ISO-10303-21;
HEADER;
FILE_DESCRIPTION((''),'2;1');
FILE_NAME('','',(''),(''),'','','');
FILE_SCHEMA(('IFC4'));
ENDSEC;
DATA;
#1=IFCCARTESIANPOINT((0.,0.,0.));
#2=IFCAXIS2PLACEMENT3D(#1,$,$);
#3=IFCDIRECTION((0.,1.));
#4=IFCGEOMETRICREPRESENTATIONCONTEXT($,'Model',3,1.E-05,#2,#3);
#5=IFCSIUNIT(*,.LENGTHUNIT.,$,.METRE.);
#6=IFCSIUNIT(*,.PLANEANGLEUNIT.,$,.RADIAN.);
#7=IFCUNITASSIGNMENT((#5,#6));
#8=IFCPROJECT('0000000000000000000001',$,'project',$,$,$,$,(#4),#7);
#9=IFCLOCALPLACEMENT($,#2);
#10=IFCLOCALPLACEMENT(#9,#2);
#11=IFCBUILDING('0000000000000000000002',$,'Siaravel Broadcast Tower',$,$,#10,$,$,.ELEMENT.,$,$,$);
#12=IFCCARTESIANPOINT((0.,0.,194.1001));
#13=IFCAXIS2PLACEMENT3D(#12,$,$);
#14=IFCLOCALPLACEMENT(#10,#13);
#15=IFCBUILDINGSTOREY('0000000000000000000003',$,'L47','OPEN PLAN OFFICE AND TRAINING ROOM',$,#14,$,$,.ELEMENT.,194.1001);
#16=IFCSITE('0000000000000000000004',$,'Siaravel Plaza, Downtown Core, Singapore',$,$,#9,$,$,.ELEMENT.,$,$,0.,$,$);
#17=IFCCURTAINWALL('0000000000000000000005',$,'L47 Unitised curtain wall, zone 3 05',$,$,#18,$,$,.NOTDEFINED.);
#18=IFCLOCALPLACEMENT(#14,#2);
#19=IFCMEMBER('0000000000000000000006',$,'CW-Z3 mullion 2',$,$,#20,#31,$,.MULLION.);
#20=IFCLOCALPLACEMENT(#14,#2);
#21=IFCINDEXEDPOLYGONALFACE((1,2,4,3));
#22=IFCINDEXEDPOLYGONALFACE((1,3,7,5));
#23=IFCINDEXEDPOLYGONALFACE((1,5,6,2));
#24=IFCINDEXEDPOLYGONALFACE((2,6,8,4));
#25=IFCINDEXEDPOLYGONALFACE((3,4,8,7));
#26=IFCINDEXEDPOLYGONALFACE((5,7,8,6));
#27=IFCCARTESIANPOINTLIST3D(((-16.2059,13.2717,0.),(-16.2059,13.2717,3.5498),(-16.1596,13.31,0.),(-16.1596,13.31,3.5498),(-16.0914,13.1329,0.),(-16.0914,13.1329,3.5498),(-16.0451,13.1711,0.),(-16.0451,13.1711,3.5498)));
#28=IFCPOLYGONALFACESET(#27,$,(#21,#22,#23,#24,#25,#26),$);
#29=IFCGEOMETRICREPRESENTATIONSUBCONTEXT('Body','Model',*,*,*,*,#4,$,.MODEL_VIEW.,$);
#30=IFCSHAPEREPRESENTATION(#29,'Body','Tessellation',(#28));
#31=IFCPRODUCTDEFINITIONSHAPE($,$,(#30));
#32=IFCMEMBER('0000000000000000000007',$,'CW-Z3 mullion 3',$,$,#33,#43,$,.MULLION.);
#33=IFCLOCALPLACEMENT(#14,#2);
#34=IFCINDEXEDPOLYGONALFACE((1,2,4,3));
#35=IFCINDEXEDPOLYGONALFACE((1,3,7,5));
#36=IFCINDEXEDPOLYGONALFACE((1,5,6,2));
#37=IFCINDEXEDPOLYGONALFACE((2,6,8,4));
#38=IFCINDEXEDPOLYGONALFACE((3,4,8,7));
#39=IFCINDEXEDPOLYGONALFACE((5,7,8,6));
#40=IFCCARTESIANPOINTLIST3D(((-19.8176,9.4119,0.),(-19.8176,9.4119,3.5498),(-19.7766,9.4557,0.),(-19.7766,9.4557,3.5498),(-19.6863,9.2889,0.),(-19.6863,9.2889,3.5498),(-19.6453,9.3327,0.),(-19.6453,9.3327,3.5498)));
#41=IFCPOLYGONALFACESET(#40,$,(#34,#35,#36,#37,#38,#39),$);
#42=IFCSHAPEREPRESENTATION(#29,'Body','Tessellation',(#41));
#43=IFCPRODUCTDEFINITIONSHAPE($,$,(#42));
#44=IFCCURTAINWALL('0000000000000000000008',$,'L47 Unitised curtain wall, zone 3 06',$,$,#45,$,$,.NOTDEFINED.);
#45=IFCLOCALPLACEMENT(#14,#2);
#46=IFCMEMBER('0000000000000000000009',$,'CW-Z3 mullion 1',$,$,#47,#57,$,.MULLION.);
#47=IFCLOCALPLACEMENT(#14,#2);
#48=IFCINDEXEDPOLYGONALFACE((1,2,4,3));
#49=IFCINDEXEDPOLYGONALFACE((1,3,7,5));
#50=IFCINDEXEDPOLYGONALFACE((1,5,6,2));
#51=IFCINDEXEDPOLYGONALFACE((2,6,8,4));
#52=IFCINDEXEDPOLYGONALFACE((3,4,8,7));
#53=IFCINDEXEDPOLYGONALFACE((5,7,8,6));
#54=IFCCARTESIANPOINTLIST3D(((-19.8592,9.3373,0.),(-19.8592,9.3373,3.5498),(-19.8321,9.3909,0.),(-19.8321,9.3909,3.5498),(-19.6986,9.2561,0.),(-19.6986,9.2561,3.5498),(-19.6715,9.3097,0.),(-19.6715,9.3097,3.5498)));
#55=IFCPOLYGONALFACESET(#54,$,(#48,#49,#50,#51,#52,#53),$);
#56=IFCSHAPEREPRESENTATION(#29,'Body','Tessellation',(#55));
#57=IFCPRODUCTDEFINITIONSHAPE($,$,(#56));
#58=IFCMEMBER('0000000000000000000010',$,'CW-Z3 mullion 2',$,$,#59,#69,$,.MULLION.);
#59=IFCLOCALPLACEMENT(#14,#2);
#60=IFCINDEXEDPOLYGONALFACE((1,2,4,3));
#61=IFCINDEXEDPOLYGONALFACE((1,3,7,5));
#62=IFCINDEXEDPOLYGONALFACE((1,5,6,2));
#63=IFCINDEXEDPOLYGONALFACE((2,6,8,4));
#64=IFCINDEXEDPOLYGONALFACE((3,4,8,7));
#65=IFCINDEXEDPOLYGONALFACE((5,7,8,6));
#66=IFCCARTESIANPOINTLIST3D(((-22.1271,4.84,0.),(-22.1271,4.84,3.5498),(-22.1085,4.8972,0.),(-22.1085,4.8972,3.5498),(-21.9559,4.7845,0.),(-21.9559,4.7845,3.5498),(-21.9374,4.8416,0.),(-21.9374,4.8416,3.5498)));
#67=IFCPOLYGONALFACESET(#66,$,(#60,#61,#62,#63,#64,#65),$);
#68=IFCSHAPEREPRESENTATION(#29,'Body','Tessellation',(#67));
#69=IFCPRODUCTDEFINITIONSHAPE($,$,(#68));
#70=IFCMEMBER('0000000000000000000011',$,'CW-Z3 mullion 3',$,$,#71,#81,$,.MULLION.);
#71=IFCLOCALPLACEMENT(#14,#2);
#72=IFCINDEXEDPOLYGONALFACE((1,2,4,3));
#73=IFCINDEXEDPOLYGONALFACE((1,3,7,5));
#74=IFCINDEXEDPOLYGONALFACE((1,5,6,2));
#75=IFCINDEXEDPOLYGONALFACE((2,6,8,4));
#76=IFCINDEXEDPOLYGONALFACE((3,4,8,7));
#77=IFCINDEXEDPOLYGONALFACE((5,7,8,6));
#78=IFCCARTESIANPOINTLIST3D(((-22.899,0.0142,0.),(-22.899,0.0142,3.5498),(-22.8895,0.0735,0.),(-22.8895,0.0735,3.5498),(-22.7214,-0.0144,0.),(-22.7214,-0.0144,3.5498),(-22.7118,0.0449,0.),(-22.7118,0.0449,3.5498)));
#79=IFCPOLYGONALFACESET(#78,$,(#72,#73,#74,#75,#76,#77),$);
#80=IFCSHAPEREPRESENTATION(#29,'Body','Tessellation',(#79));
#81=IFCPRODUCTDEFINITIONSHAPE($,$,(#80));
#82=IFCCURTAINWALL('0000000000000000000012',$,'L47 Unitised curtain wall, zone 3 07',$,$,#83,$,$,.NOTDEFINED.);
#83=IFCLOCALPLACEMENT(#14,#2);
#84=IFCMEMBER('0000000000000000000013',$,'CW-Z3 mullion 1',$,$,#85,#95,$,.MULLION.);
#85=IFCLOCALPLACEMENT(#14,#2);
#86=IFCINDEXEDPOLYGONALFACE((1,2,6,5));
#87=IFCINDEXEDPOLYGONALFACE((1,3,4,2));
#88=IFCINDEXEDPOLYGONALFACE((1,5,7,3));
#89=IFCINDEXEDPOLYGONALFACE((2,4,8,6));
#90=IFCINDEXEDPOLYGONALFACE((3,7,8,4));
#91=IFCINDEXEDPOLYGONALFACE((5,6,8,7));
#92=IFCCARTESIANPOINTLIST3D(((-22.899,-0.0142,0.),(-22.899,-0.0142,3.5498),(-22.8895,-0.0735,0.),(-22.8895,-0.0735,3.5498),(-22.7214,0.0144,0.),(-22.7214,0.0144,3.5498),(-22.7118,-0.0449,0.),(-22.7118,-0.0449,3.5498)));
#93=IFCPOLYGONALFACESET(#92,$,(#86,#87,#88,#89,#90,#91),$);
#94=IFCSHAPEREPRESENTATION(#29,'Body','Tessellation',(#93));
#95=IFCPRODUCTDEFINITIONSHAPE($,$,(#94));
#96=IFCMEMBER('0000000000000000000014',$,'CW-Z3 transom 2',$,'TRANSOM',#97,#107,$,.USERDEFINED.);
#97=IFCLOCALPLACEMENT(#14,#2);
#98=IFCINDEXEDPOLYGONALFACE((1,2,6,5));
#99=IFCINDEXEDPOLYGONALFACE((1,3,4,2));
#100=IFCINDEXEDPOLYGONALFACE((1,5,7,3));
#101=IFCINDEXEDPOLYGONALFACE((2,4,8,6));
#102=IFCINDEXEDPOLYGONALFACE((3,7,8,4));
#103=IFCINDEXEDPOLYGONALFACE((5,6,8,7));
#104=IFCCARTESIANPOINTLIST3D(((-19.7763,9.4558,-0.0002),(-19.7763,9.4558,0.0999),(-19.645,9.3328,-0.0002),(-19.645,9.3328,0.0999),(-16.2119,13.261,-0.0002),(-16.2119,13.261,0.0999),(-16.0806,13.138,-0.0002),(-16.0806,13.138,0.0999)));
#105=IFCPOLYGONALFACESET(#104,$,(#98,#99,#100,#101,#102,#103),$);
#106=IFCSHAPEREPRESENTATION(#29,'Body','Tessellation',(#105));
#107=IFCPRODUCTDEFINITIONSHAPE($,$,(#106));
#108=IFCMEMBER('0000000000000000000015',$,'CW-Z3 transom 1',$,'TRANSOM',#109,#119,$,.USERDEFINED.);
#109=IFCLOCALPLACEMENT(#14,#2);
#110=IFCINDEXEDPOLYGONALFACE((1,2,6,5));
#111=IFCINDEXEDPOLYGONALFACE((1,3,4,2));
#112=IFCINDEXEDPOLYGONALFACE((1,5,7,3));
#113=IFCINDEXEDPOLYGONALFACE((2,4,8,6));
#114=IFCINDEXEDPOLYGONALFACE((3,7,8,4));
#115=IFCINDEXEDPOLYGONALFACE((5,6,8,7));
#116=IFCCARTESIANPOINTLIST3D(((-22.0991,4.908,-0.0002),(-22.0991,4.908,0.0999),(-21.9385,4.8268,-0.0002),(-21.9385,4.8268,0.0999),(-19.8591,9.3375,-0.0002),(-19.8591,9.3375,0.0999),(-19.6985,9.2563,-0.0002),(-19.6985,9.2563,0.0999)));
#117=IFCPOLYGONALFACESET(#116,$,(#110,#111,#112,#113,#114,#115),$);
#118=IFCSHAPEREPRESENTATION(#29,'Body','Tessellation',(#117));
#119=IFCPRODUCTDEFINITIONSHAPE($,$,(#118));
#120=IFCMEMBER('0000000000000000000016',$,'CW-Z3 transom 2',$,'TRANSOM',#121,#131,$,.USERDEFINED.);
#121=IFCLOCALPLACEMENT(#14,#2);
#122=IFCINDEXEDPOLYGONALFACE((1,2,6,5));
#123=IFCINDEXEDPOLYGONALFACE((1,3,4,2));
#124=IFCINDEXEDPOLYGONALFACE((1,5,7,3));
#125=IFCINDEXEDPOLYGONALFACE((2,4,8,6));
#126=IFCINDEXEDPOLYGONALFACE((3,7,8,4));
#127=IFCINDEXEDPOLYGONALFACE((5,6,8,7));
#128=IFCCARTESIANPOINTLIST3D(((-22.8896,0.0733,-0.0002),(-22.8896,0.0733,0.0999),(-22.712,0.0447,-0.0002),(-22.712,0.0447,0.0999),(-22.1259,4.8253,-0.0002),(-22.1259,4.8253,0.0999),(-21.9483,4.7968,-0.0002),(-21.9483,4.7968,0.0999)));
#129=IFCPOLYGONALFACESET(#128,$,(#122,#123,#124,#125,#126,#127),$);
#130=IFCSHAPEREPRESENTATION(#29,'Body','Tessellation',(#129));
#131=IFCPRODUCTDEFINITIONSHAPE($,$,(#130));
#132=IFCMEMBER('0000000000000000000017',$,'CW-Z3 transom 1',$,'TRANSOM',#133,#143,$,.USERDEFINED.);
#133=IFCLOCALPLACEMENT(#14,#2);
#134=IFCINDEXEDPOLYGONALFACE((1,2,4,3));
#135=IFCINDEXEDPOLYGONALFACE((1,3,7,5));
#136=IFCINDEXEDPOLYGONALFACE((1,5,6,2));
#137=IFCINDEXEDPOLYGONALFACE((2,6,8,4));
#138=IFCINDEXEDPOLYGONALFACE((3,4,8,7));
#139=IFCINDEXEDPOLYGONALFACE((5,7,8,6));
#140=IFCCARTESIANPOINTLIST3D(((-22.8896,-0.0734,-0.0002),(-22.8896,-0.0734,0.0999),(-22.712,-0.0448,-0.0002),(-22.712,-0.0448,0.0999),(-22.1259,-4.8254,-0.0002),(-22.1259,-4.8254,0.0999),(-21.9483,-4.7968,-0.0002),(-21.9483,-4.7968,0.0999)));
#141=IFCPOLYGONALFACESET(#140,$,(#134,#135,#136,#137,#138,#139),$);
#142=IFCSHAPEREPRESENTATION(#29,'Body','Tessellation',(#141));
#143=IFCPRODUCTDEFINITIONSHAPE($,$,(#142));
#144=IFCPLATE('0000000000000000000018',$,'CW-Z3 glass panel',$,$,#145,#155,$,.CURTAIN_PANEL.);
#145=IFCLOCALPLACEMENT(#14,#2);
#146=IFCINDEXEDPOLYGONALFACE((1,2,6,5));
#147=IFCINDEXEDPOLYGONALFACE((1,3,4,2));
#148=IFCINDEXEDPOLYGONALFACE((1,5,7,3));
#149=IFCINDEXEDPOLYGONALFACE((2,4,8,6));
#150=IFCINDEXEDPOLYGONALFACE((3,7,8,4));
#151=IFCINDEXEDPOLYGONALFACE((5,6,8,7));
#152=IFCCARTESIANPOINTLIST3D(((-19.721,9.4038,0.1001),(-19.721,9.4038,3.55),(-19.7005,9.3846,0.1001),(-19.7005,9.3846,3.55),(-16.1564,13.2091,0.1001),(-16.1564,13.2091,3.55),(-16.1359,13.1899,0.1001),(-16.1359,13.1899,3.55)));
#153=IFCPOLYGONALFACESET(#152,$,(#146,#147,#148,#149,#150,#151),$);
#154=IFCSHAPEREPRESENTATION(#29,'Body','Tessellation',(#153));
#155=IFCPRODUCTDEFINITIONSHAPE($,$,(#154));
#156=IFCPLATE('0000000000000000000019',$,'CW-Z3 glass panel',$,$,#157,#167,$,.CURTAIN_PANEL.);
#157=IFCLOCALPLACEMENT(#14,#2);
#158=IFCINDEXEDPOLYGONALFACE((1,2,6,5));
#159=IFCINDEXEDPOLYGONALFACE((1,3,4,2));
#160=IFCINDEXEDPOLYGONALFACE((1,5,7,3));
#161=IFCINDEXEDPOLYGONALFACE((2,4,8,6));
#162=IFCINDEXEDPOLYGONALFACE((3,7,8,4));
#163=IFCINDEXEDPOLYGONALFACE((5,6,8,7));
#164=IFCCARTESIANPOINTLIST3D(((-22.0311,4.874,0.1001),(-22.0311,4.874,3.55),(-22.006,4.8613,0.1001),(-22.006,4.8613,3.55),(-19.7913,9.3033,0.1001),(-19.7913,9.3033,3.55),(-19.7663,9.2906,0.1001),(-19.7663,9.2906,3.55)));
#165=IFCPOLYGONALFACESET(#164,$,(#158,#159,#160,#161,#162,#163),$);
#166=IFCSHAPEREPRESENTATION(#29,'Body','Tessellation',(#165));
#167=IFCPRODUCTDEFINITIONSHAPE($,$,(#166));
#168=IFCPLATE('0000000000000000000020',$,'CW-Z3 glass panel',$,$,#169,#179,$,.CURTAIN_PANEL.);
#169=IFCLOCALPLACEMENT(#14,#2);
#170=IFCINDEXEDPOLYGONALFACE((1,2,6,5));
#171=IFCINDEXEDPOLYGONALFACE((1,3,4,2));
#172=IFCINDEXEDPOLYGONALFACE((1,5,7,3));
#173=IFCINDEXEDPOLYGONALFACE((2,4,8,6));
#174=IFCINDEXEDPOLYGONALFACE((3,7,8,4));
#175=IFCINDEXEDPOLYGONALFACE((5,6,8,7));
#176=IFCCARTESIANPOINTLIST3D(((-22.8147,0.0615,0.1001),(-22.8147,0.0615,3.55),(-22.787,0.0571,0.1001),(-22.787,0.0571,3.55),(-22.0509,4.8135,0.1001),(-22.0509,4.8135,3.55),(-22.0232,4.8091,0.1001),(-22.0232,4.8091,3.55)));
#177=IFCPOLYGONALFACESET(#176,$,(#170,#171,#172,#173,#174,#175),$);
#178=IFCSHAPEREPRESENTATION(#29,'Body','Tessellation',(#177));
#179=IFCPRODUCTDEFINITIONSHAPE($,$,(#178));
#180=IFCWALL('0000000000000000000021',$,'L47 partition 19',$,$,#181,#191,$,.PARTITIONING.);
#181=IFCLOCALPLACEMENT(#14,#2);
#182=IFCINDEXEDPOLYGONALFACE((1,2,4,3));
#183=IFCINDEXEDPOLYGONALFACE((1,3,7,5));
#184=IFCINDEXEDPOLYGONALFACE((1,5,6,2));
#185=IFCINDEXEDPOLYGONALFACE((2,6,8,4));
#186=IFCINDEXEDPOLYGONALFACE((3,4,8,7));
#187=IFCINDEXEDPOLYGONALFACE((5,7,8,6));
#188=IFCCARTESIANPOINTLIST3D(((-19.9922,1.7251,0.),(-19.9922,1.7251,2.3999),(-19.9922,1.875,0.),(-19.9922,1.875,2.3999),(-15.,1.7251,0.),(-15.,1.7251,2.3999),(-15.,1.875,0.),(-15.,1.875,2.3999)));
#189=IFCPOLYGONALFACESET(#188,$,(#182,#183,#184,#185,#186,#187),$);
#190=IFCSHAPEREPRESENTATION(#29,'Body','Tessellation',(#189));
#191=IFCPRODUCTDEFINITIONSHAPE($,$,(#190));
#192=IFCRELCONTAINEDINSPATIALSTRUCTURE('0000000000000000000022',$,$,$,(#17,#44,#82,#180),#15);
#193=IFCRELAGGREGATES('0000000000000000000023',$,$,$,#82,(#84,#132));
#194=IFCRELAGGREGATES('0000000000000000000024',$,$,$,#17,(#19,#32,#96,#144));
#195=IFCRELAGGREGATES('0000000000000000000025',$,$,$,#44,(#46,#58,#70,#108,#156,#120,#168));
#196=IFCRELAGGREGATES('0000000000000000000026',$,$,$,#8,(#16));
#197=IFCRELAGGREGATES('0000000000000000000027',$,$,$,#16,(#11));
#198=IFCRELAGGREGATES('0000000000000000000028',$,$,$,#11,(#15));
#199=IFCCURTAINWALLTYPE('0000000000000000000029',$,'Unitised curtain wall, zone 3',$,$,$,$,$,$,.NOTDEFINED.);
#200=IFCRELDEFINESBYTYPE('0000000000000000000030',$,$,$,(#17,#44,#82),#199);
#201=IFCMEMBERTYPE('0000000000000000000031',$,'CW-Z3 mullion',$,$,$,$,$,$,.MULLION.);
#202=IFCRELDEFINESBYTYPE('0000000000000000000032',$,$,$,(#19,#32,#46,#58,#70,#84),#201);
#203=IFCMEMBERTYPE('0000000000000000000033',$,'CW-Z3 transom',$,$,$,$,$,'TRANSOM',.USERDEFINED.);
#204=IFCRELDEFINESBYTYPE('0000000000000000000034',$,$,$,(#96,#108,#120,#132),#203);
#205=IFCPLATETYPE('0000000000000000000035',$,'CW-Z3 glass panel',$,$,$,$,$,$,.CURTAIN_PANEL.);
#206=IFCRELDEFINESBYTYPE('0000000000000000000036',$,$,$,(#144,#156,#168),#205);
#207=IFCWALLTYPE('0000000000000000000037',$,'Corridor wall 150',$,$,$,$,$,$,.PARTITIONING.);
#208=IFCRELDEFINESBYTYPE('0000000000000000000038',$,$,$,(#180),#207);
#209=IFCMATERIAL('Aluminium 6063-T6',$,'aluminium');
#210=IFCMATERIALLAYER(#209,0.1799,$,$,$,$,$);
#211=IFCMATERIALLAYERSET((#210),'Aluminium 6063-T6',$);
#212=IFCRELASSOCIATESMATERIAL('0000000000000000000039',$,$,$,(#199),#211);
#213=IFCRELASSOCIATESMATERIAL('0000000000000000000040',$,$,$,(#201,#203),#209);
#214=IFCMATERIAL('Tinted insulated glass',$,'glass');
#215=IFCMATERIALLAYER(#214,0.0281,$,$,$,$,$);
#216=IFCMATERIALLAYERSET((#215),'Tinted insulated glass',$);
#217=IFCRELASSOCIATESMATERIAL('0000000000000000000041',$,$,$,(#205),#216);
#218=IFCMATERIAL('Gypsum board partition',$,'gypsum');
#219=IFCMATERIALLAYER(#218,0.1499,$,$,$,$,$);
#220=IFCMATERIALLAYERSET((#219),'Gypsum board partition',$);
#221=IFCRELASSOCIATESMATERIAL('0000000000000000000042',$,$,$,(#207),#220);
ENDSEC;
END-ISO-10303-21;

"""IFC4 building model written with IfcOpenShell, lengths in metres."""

from ifc_helpers import new_model, si_unit, direction, frame, frame_2d, origin, origin_2d, place, context, subcontext, project, spatial, rectangle, extrude, material, layer, layer_set, material_profile, profile_set, type_object, element, aggregate, save


model = new_model("IFC4")

# Units and contexts
model_context = context("Model", 3, precision=1e-05, world=origin(), true_north=direction((0.0, 1.0)))
body_context = subcontext(model_context, "Body", "Model", "MODEL_VIEW")
ifc_project = project(units=[si_unit("LENGTHUNIT", "METRE"), si_unit("PLANEANGLEUNIT", "RADIAN")], contexts=[model_context])

# Site, building, storey
site_placement = place(None, origin())
site = spatial("IfcSite", under=ifc_project, at=site_placement, Name="Siaravel Plaza, Downtown Core, Singapore", CompositionType="ELEMENT", RefElevation=0.0)
building_placement = place(site_placement, origin())
building = spatial("IfcBuilding", under=site, at=building_placement, Name="Siaravel Broadcast Tower", CompositionType="ELEMENT")
storey_placement = place(building_placement, frame((0.0, 0.0, 194.1001)))
storey = spatial("IfcBuildingStorey", under=building, at=storey_placement, Name="L47", Description="OPEN PLAN OFFICE AND TRAINING ROOM", CompositionType="ELEMENT", Elevation=194.1001)

# Curtain walls, members
ifc_material_1 = material(Name="Aluminium 6063-T6", Category="aluminium")
ifc_layer_1 = layer(ifc_material_1, 0.1799)
ifc_layer_set_1 = layer_set([ifc_layer_1], Name="Aluminium 6063-T6")
curtain_wall_type = type_object("IfcCurtainWallType", Name="Unitised curtain wall, zone 3", PredefinedType="NOTDEFINED", material=ifc_layer_set_1)
curtain_wall_1_placement = place(storey_placement, origin())
curtain_wall_1 = element("IfcCurtainWall", 1, at=curtain_wall_1_placement, inside=storey, type_object=curtain_wall_type, Name="L47 Unitised curtain wall, zone 3 05", PredefinedType="NOTDEFINED")
ifc_material_profile_1 = material_profile(ifc_material_1, rectangle(XDim=0.1799, YDim=0.0601, at=origin_2d()))
ifc_profile_set_1 = profile_set([ifc_material_profile_1], Name="Aluminium 6063-T6")
member_type_1 = type_object("IfcMemberType", Name="CW-Z3 mullion", PredefinedType="MULLION", material=ifc_profile_set_1)
member_1_placement = place(storey_placement, frame((-16.1255, 13.2214, 0.0), z_axis=(0.0, 0.0, 1.0), x_axis=(0.636219, -0.771509, 0.0)))
member_1 = element("IfcMember", 2, at=member_1_placement, type_object=member_type_1, Name="CW-Z3 mullion 2", PredefinedType="MULLION", context=body_context, shape_type="SweptSolid", body=[
    extrude(rectangle(XDim=0.1799, YDim=0.0601, at=origin_2d()), origin(), (0.0, 0.0, 1.0), 3.5498),
])
member_2_placement = place(storey_placement, frame((-19.7314, 9.3723, 0.0), z_axis=(0.0, 0.0, 1.0), x_axis=(0.729805, -0.683655, 0.0)))
member_2 = element("IfcMember", 3, at=member_2_placement, type_object=member_type_1, Name="CW-Z3 mullion 3", PredefinedType="MULLION", context=body_context, shape_type="SweptSolid", body=[
    extrude(rectangle(XDim=0.1799, YDim=0.0601, at=origin_2d()), origin(), (0.0, 0.0, 1.0), 3.5498),
])
curtain_wall_2_placement = place(storey_placement, origin())
curtain_wall_2 = element("IfcCurtainWall", 4, at=curtain_wall_2_placement, inside=storey, type_object=curtain_wall_type, Name="L47 Unitised curtain wall, zone 3 06", PredefinedType="NOTDEFINED")
member_3_placement = place(storey_placement, frame((-19.7654, 9.3235, 0.0), z_axis=(0.0, 0.0, 1.0), x_axis=(0.892392, -0.451261, 0.0)))
member_3 = element("IfcMember", 5, at=member_3_placement, type_object=member_type_1, Name="CW-Z3 mullion 1", PredefinedType="MULLION", context=body_context, shape_type="SweptSolid", body=[
    extrude(rectangle(XDim=0.1799, YDim=0.0601, at=origin_2d()), origin(), (0.0, 0.0, 1.0), 3.5498),
])
member_4_placement = place(storey_placement, frame((-22.0322, 4.8408, 0.0), z_axis=(0.0, 0.0, 1.0), x_axis=(0.951177, -0.308645, 0.0)))
member_4 = element("IfcMember", 6, at=member_4_placement, type_object=member_type_1, Name="CW-Z3 mullion 2", PredefinedType="MULLION", context=body_context, shape_type="SweptSolid", body=[
    extrude(rectangle(XDim=0.1799, YDim=0.0601, at=origin_2d()), origin(), (0.0, 0.0, 1.0), 3.5498),
])
member_5_placement = place(storey_placement, frame((-22.8054, 0.0295, 0.0), z_axis=(0.0, 0.0, 1.0), x_axis=(0.987329, -0.158685, 0.0)))
member_5 = element("IfcMember", 7, at=member_5_placement, type_object=member_type_1, Name="CW-Z3 mullion 3", PredefinedType="MULLION", context=body_context, shape_type="SweptSolid", body=[
    extrude(rectangle(XDim=0.1799, YDim=0.0601, at=origin_2d()), origin(), (0.0, 0.0, 1.0), 3.5498),
])

# Curtain wall, member
curtain_wall_3_placement = place(storey_placement, origin())
curtain_wall_3 = element("IfcCurtainWall", 8, at=curtain_wall_3_placement, inside=storey, type_object=curtain_wall_type, Name="L47 Unitised curtain wall, zone 3 07", PredefinedType="NOTDEFINED")
member_6_placement = place(storey_placement, frame((-22.8054, -0.0295, 0.0), z_axis=(0.0, 0.0, 1.0), x_axis=(0.987329, 0.158685, 0.0)))
member_6 = element("IfcMember", 9, at=member_6_placement, type_object=member_type_1, Name="CW-Z3 mullion 1", PredefinedType="MULLION", context=body_context, shape_type="SweptSolid", body=[
    extrude(rectangle(XDim=0.1799, YDim=0.0601, at=origin_2d()), origin(), (0.0, 0.0, 1.0), 3.5498),
])

# Members
ifc_material_profile_2 = material_profile(ifc_material_1, rectangle(XDim=0.1799, YDim=0.1001, at=origin_2d()))
ifc_profile_set_2 = profile_set([ifc_material_profile_2], Name="Aluminium 6063-T6")
member_type_2 = type_object("IfcMemberType", Name="CW-Z3 transom", ElementType="TRANSOM", PredefinedType="USERDEFINED", material=ifc_profile_set_2)
member_7_placement = place(storey_placement, frame((-16.1462, 13.1995, 0.0498), z_axis=(-0.683645, -0.729815, 0.0), x_axis=(0.729815, -0.683645, 0.0)))
member_7 = element("IfcMember", 10, at=member_7_placement, type_object=member_type_2, Name="CW-Z3 transom 2", ObjectType="TRANSOM", PredefinedType="USERDEFINED", context=body_context, shape_type="SweptSolid", body=[
    extrude(rectangle(XDim=0.1799, YDim=0.1001, at=origin_2d()), origin(), (0.0, 0.0, 1.0), 5.2139),
])
member_8_placement = place(storey_placement, frame((-19.7788, 9.2969, 0.0498), z_axis=(-0.451282, -0.892382, 0.0), x_axis=(0.892382, -0.451282, 0.0)))
member_8 = element("IfcMember", 11, at=member_8_placement, type_object=member_type_2, Name="CW-Z3 transom 1", ObjectType="TRANSOM", PredefinedType="USERDEFINED", context=body_context, shape_type="SweptSolid", body=[
    extrude(rectangle(XDim=0.1799, YDim=0.1001, at=origin_2d()), origin(), (0.0, 0.0, 1.0), 4.9636),
])
member_9_placement = place(storey_placement, frame((-22.0371, 4.811, 0.0498), z_axis=(-0.158671, -0.987332, 0.0), x_axis=(0.987332, -0.158671, 0.0)))
member_9 = element("IfcMember", 12, at=member_9_placement, type_object=member_type_2, Name="CW-Z3 transom 2", ObjectType="TRANSOM", PredefinedType="USERDEFINED", context=body_context, shape_type="SweptSolid", body=[
    extrude(rectangle(XDim=0.1799, YDim=0.1001, at=origin_2d()), origin(), (0.0, 0.0, 1.0), 4.813),
])
member_10_placement = place(storey_placement, frame((-22.8008, -0.0591, 0.0498), z_axis=(0.158671, -0.987332, 0.0), x_axis=(0.987332, 0.158671, 0.0)))
member_10 = element("IfcMember", 13, at=member_10_placement, type_object=member_type_2, Name="CW-Z3 transom 1", ObjectType="TRANSOM", PredefinedType="USERDEFINED", context=body_context, shape_type="SweptSolid", body=[
    extrude(rectangle(XDim=0.1799, YDim=0.1001, at=origin_2d()), origin(), (0.0, 0.0, 1.0), 4.813),
])
aggregate(curtain_wall_3, [member_6, member_10])

# Plates
ifc_material_2 = material(Name="Tinted insulated glass", Category="glass")
ifc_layer_2 = layer(ifc_material_2, 0.0281)
ifc_layer_set_2 = layer_set([ifc_layer_2], Name="Tinted insulated glass")
plate_type = type_object("IfcPlateType", Name="CW-Z3 glass panel", PredefinedType="CURTAIN_PANEL", material=ifc_layer_set_2)
plate_1_placement = place(storey_placement, frame((-17.9285, 11.2969, 0.1001), z_axis=(0.0, 0.0, 1.0), x_axis=(-0.683655, -0.729805, 0.0)))
plate_1 = element("IfcPlate", 14, at=plate_1_placement, type_object=plate_type, Name="CW-Z3 glass panel", PredefinedType="CURTAIN_PANEL", context=body_context, shape_type="SweptSolid", body=[
    extrude(rectangle(XDim=5.2141, YDim=0.0281, at=origin_2d()), origin(), (0.0, 0.0, 1.0), 3.45),
])
aggregate(curtain_wall_1, [member_1, member_2, member_7, plate_1])
plate_2_placement = place(storey_placement, frame((-20.8987, 7.0823, 0.1001), z_axis=(0.0, 0.0, 1.0), x_axis=(-0.451261, -0.892392, 0.0)))
plate_2 = element("IfcPlate", 15, at=plate_2_placement, type_object=plate_type, Name="CW-Z3 glass panel", PredefinedType="CURTAIN_PANEL", context=body_context, shape_type="SweptSolid", body=[
    extrude(rectangle(XDim=4.9634, YDim=0.0281, at=origin_2d()), origin(), (0.0, 0.0, 1.0), 3.45),
])
plate_3_placement = place(storey_placement, frame((-22.4189, 2.4353, 0.1001), z_axis=(0.0, 0.0, 1.0), x_axis=(-0.158685, -0.987329, 0.0)))
plate_3 = element("IfcPlate", 16, at=plate_3_placement, type_object=plate_type, Name="CW-Z3 glass panel", PredefinedType="CURTAIN_PANEL", context=body_context, shape_type="SweptSolid", body=[
    extrude(rectangle(XDim=4.813, YDim=0.0281, at=origin_2d()), origin(), (0.0, 0.0, 1.0), 3.45),
])
aggregate(curtain_wall_2, [member_3, member_4, member_5, member_8, plate_2, member_9, plate_3])

# Wall
ifc_material_3 = material(Name="Gypsum board partition", Category="gypsum")
ifc_layer_3 = layer(ifc_material_3, 0.1499)
ifc_layer_set_3 = layer_set([ifc_layer_3], Name="Gypsum board partition")
wall_type_1 = type_object("IfcWallType", Name="Corridor wall 150", PredefinedType="PARTITIONING", material=ifc_layer_set_3)
wall_1_placement = place(storey_placement, frame((-15.0, 1.8, 0.0), z_axis=(0.0, 0.0, 1.0), x_axis=(-1.0, 0.0, 0.0)))
element("IfcWall", 17, at=wall_1_placement, inside=storey, type_object=wall_type_1, Name="L47 partition 19", PredefinedType="PARTITIONING", context=body_context, shape_type="SweptSolid", body=[
    extrude(rectangle(XDim=4.9922, YDim=0.1499, at=frame_2d((2.4961, 0.0))), origin(), (0.0, 0.0, 1.0), 2.3999),
])

save(model, "model.ifc")
